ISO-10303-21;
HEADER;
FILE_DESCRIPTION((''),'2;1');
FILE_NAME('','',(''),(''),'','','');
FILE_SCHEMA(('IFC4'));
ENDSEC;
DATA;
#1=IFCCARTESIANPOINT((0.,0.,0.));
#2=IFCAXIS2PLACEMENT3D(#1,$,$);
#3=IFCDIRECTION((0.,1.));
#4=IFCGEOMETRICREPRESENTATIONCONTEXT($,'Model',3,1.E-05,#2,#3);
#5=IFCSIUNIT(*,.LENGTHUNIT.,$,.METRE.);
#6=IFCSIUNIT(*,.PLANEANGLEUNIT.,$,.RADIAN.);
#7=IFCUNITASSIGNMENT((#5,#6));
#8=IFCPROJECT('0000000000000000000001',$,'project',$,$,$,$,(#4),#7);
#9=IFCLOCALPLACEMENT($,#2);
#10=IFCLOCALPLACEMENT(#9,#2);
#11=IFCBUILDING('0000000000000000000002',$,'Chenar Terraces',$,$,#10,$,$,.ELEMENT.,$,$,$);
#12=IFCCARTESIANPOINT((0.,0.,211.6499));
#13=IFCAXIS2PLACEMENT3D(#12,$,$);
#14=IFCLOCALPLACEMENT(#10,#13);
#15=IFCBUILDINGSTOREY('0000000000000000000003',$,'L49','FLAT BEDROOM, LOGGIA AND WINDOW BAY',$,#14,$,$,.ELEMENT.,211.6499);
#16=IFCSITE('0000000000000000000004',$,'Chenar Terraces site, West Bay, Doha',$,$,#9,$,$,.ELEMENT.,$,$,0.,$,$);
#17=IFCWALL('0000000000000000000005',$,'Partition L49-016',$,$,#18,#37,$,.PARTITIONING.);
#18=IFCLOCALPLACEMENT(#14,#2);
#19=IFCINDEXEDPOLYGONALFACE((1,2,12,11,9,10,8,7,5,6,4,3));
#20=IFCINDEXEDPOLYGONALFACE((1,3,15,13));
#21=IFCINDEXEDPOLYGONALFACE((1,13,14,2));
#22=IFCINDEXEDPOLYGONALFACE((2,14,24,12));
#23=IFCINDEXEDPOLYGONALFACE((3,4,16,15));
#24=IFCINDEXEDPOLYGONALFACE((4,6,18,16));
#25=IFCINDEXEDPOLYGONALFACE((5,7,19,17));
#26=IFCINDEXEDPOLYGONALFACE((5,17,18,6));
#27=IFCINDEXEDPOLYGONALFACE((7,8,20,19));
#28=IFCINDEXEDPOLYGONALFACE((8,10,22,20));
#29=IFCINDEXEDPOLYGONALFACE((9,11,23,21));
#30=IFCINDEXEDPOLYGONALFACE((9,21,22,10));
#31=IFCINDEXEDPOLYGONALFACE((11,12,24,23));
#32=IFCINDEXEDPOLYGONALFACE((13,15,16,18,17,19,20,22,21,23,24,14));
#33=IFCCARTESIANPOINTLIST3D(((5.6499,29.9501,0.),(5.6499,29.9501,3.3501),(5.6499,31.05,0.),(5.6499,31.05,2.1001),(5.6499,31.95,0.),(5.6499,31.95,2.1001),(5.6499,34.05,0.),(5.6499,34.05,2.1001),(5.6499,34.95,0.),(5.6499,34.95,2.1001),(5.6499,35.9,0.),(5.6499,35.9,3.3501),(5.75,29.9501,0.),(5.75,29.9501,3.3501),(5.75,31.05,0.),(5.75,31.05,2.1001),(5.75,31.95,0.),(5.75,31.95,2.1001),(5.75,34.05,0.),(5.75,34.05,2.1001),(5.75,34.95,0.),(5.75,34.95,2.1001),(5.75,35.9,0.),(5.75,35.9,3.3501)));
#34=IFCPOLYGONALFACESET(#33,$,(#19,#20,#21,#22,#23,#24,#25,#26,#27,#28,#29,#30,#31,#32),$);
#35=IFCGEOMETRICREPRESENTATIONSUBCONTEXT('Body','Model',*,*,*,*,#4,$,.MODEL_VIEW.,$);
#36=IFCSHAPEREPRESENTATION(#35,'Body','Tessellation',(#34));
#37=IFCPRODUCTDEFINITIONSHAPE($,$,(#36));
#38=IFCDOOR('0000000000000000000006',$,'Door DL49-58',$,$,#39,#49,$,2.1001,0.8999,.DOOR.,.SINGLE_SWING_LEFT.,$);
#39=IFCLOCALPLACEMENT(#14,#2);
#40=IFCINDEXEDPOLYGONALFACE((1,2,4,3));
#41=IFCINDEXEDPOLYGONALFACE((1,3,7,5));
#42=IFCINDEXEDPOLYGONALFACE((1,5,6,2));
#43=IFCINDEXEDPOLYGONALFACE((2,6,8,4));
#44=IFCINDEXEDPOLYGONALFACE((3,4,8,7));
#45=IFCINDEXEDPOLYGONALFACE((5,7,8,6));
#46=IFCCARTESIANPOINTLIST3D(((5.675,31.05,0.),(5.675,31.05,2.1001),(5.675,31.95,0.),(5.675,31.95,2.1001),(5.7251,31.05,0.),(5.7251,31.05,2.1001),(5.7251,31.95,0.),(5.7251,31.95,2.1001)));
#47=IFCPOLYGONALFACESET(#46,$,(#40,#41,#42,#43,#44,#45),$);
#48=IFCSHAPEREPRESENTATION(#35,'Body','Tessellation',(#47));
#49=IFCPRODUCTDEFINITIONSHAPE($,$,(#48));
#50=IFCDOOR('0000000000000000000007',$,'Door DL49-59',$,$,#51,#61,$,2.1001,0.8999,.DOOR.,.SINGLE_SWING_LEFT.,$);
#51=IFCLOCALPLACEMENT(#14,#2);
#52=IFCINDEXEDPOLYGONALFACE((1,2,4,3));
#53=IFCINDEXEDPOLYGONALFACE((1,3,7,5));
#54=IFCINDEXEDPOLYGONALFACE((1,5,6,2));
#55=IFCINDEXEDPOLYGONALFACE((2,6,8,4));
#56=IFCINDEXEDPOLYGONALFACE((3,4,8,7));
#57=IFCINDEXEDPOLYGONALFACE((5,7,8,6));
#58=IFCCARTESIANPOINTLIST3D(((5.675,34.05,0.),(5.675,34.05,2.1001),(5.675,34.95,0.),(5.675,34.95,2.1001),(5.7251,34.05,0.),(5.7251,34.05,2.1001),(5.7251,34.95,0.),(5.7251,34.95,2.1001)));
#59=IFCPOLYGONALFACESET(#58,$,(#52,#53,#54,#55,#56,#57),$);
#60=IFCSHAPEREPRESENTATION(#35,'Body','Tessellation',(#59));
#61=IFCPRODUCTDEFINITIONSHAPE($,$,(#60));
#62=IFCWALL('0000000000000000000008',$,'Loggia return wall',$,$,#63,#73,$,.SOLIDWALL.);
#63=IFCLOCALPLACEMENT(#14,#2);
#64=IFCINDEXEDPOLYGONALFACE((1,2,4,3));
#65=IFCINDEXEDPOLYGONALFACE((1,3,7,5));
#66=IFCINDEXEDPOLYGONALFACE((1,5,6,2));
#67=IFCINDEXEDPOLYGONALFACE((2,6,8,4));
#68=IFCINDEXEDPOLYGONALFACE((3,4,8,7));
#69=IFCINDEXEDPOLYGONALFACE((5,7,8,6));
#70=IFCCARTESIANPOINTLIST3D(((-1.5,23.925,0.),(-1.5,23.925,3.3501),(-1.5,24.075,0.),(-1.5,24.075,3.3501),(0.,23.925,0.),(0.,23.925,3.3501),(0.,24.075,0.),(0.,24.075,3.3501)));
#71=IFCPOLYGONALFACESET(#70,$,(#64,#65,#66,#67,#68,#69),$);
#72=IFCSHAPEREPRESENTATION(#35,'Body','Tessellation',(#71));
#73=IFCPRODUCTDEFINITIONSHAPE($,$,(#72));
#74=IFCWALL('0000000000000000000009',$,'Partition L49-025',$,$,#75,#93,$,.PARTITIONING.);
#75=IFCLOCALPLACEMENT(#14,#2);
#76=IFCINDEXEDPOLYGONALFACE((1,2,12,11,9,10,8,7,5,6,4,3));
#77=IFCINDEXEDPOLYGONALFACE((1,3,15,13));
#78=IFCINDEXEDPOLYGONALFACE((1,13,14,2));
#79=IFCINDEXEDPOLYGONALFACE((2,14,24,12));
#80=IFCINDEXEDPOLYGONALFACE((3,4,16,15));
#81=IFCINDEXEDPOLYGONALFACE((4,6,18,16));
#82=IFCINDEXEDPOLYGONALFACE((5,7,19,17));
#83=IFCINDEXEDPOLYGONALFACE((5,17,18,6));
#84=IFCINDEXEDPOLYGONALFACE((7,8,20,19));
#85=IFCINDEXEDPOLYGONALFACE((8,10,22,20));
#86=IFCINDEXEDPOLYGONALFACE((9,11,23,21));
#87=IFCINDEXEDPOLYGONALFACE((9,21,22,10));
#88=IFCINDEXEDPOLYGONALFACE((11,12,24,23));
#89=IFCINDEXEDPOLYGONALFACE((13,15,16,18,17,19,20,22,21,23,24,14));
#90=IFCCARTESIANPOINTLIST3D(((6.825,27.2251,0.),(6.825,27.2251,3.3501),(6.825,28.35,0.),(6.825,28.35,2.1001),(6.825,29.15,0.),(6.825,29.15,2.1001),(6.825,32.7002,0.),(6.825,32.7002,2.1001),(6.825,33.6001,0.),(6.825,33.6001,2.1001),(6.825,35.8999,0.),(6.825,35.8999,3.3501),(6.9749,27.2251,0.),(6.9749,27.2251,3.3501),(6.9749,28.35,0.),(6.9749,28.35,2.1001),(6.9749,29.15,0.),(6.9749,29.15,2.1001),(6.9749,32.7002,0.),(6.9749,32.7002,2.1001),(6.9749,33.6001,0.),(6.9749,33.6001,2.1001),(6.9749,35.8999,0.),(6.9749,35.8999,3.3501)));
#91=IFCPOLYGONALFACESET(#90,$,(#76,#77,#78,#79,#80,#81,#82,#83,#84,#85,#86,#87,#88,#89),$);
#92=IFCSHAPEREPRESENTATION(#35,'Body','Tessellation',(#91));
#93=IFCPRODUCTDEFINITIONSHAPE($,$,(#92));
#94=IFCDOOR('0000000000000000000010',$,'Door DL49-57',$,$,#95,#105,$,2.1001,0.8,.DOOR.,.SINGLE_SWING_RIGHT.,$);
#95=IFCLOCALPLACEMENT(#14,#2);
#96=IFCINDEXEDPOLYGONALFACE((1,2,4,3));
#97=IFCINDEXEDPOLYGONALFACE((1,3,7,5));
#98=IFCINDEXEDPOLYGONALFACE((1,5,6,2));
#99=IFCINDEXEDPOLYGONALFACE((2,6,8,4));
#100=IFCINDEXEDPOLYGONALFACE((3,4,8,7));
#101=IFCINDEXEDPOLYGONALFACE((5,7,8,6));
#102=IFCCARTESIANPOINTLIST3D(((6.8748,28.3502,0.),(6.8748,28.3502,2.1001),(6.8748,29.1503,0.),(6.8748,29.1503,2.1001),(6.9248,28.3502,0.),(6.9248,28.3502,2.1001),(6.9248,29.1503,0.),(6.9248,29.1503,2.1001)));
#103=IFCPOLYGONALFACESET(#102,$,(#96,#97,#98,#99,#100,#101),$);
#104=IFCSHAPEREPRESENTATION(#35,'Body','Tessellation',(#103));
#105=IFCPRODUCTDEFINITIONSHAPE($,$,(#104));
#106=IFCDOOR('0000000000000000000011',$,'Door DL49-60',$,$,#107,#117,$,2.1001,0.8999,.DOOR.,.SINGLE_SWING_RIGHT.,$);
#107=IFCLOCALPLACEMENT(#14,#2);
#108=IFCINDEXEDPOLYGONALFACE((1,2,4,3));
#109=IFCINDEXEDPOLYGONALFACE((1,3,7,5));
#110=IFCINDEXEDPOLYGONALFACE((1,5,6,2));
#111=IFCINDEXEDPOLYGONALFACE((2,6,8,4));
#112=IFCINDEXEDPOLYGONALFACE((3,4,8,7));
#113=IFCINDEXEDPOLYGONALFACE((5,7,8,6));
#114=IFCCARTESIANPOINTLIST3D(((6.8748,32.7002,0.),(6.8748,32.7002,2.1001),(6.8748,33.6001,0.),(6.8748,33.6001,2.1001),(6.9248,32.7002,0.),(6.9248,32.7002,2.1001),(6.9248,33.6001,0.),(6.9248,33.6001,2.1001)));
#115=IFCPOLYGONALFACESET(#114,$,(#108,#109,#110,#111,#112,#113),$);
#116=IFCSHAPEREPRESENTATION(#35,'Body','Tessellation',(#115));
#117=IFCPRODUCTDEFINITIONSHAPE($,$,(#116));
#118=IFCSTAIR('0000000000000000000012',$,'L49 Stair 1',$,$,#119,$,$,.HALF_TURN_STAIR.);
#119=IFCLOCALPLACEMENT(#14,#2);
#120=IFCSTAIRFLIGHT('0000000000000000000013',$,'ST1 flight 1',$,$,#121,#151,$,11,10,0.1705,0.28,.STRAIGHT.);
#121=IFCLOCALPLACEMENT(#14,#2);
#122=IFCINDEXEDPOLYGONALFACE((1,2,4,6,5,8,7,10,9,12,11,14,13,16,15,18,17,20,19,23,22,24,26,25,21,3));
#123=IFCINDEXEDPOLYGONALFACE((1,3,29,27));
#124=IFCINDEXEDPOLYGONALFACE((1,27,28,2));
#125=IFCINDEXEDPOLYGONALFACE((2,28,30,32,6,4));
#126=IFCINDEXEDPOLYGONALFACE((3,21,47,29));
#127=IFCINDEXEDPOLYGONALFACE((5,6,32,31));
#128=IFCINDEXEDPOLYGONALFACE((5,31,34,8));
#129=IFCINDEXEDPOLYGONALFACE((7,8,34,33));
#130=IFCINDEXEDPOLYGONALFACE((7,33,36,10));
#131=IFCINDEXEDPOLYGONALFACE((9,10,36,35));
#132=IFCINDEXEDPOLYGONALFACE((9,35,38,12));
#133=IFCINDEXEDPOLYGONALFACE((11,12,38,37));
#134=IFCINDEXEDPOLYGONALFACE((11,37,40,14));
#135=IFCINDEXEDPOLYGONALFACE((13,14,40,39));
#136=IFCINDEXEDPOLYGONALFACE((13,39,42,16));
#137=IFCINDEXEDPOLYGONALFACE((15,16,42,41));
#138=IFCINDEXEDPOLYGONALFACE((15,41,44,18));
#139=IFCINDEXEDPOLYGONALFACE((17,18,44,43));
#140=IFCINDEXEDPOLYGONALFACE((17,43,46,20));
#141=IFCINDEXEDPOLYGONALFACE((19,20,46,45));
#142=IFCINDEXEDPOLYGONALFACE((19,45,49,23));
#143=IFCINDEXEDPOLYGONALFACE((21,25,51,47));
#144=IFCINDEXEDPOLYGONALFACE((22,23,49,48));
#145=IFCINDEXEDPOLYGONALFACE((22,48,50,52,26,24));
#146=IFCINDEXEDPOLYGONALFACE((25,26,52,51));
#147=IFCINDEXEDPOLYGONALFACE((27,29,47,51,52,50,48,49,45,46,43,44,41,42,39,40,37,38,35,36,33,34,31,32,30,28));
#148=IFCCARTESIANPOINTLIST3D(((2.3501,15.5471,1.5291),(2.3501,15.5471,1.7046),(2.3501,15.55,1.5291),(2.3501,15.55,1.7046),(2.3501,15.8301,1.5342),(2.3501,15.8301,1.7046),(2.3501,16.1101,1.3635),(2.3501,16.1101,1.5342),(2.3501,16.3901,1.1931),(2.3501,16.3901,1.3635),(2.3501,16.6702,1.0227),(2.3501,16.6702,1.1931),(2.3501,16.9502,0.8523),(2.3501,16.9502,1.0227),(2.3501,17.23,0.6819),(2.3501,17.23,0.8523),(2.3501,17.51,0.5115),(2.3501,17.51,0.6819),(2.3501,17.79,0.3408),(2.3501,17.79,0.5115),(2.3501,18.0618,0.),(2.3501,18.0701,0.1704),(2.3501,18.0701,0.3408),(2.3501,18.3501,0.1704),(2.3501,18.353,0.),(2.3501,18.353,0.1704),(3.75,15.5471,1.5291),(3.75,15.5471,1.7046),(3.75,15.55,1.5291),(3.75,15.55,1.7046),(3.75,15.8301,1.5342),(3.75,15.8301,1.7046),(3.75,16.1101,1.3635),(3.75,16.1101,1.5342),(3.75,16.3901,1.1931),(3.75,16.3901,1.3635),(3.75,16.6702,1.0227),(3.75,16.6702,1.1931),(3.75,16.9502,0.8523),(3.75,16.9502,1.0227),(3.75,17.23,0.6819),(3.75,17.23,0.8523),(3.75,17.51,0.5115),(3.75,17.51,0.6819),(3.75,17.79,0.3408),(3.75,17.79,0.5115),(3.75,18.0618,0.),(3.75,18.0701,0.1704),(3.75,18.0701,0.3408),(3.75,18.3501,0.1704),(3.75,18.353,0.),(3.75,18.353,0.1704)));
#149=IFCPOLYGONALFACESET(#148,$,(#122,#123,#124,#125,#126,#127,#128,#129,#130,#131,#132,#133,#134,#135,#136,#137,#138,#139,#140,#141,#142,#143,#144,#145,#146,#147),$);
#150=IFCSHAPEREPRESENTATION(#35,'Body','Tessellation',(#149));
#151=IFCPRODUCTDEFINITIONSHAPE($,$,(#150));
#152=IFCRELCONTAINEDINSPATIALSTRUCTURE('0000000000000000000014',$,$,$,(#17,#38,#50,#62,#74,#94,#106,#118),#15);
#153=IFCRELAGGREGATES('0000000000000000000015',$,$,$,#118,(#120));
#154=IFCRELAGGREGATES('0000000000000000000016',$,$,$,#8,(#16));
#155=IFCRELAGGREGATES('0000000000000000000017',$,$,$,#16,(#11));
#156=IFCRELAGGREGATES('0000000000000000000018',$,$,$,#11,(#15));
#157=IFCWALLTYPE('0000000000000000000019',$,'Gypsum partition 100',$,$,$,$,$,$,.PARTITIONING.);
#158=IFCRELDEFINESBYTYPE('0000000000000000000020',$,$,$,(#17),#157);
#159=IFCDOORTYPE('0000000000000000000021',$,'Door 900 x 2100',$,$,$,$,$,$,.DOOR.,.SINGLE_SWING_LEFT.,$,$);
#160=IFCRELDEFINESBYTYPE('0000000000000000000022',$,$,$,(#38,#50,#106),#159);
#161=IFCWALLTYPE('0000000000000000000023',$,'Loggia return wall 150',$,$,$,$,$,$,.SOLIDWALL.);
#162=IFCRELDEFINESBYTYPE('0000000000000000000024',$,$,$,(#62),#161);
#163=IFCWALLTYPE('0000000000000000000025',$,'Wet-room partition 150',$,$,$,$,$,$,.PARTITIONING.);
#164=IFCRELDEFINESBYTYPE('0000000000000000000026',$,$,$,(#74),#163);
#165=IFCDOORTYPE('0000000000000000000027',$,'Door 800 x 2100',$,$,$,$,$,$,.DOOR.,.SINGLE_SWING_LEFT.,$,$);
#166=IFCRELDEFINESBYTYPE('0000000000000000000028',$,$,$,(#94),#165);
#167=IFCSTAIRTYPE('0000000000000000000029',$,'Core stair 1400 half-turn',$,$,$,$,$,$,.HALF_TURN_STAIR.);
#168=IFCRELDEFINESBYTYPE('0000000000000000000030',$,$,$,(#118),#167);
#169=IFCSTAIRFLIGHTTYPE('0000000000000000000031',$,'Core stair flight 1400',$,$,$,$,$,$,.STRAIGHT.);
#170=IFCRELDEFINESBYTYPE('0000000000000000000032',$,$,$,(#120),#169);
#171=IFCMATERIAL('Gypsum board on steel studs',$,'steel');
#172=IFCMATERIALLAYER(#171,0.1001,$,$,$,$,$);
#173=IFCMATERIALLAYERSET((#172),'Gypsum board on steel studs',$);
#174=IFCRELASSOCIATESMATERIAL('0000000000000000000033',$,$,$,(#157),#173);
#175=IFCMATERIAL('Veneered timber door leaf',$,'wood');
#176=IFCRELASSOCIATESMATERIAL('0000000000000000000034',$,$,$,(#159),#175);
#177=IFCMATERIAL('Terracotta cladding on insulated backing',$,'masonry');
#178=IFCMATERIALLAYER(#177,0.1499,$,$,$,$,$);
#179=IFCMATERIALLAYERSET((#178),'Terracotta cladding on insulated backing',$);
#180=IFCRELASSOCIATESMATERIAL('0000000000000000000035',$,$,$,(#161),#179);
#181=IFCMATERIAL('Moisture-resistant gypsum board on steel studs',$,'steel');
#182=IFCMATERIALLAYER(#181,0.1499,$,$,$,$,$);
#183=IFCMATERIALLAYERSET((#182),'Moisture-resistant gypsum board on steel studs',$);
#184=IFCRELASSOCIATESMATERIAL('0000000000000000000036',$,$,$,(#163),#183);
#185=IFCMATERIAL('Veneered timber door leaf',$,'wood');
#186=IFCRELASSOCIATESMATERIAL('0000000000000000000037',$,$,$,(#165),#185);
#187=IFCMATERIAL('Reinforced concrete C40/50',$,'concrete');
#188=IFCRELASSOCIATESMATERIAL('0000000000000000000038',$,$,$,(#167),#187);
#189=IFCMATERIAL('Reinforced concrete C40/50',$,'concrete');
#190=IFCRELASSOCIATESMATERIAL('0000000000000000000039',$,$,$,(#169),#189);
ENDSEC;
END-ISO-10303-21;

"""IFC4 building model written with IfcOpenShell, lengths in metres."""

from ifc_helpers import new_model, si_unit, direction, frame, frame_2d, origin, place, context, subcontext, project, spatial, polyline, rectangle, outline, extrude, material, layer, layer_set, type_object, element, fill, aggregate, save


model = new_model("IFC4")

# Units and contexts
model_context = context("Model", 3, precision=1e-05, world=origin(), true_north=direction((0.0, 1.0)))
body_context = subcontext(model_context, "Body", "Model", "MODEL_VIEW")
ifc_project = project(units=[si_unit("LENGTHUNIT", "METRE"), si_unit("PLANEANGLEUNIT", "RADIAN")], contexts=[model_context])

# Site, building, storey
site_placement = place(None, origin())
site = spatial("IfcSite", under=ifc_project, at=site_placement, Name="Chenar Terraces site, West Bay, Doha", CompositionType="ELEMENT", RefElevation=0.0)
building_placement = place(site_placement, origin())
building = spatial("IfcBuilding", under=site, at=building_placement, Name="Chenar Terraces", CompositionType="ELEMENT")
storey_placement = place(building_placement, frame((0.0, 0.0, 211.6499)))
storey = spatial("IfcBuildingStorey", under=building, at=storey_placement, Name="L49", Description="FLAT BEDROOM, LOGGIA AND WINDOW BAY", CompositionType="ELEMENT", Elevation=211.6499)

# Shared definitions
ifc_material_1 = material(Name="Gypsum board on steel studs", Category="steel")
ifc_layer_1 = layer(ifc_material_1, 0.1001)
ifc_layer_set_1 = layer_set([ifc_layer_1], Name="Gypsum board on steel studs")
wall_type_1 = type_object("IfcWallType", Name="Gypsum partition 100", PredefinedType="PARTITIONING", material=ifc_layer_set_1)

# Wall, openings, doors
wall_1_placement = place(storey_placement, frame((5.7, 29.95, 0.0), z_axis=(0.0, 0.0, 1.0), x_axis=(0.0, 1.0, 0.0)))
wall_1 = element("IfcWall", 1, at=wall_1_placement, inside=storey, type_object=wall_type_1, Name="Partition L49-016", PredefinedType="PARTITIONING", context=body_context, shape_type="SweptSolid", body=[
    extrude(rectangle(XDim=5.95, YDim=0.1001, at=frame_2d((2.9751, 0.0))), origin(), (0.0, 0.0, 1.0), 3.3501),
])
opening_1_placement = place(wall_1_placement, frame((1.1001, 0.0, 0.0)))
opening_1 = element("IfcOpeningElement", 2, at=opening_1_placement, cuts=wall_1, PredefinedType="OPENING", context=body_context, shape_type="SweptSolid", body=[
    extrude(rectangle(XDim=0.8999, YDim=2.1001, at=frame_2d((0.45, 1.05))), frame((0.0, 0.0601, 0.0), z_axis=(0.0, -1.0, 0.0), x_axis=(1.0, 0.0, 0.0)), (0.0, 0.0, 1.0), 0.1201),
])
opening_2_placement = place(wall_1_placement, frame((4.1001, 0.0, 0.0)))
opening_2 = element("IfcOpeningElement", 3, at=opening_2_placement, cuts=wall_1, PredefinedType="OPENING", context=body_context, shape_type="SweptSolid", body=[
    extrude(rectangle(XDim=0.8999, YDim=2.1001, at=frame_2d((0.45, 1.05))), frame((0.0, 0.0601, 0.0), z_axis=(0.0, -1.0, 0.0), x_axis=(1.0, 0.0, 0.0)), (0.0, 0.0, 1.0), 0.1201),
])
ifc_material_2 = material(Name="Veneered timber door leaf", Category="wood")
door_type_1 = type_object("IfcDoorType", Name="Door 900 x 2100", OperationType="SINGLE_SWING_LEFT", PredefinedType="DOOR", material=ifc_material_2)
door_1_placement = place(opening_1_placement, origin())
door_1 = element("IfcDoor", 4, at=door_1_placement, inside=storey, type_object=door_type_1, Name="Door DL49-58", OperationType="SINGLE_SWING_LEFT", OverallHeight=2.1001, OverallWidth=0.8999, PredefinedType="DOOR", context=body_context, shape_type="SweptSolid", body=[
    extrude(rectangle(XDim=0.8999, YDim=2.1001, at=frame_2d((0.45, 1.05))), frame((0.0, 0.0249, 0.0), z_axis=(0.0, -1.0, 0.0), x_axis=(1.0, 0.0, 0.0)), (0.0, 0.0, 1.0), 0.05),
])
fill(opening_1, door_1)
door_2_placement = place(opening_2_placement, origin())
door_2 = element("IfcDoor", 5, at=door_2_placement, inside=storey, type_object=door_type_1, Name="Door DL49-59", OperationType="SINGLE_SWING_LEFT", OverallHeight=2.1001, OverallWidth=0.8999, PredefinedType="DOOR", context=body_context, shape_type="SweptSolid", body=[
    extrude(rectangle(XDim=0.8999, YDim=2.1001, at=frame_2d((0.45, 1.05))), frame((0.0, 0.0249, 0.0), z_axis=(0.0, -1.0, 0.0), x_axis=(1.0, 0.0, 0.0)), (0.0, 0.0, 1.0), 0.05),
])
fill(opening_2, door_2)

# Wall
ifc_material_3 = material(Name="Terracotta cladding on insulated backing", Category="masonry")
ifc_layer_2 = layer(ifc_material_3, 0.1499)
ifc_layer_set_2 = layer_set([ifc_layer_2], Name="Terracotta cladding on insulated backing")
wall_type_2 = type_object("IfcWallType", Name="Loggia return wall 150", PredefinedType="SOLIDWALL", material=ifc_layer_set_2)
wall_2_placement = place(storey_placement, frame((-1.5, 24.0, 0.0), z_axis=(0.0, 0.0, 1.0), x_axis=(1.0, 0.0, 0.0)))
element("IfcWall", 6, at=wall_2_placement, inside=storey, type_object=wall_type_2, Name="Loggia return wall", PredefinedType="SOLIDWALL", context=body_context, shape_type="SweptSolid", body=[
    extrude(rectangle(XDim=1.5, YDim=0.1499, at=frame_2d((0.75, 0.0))), origin(), (0.0, 0.0, 1.0), 3.3501),
])

# Wall, openings, doors
ifc_material_4 = material(Name="Moisture-resistant gypsum board on steel studs", Category="steel")
ifc_layer_3 = layer(ifc_material_4, 0.1499)
ifc_layer_set_3 = layer_set([ifc_layer_3], Name="Moisture-resistant gypsum board on steel studs")
wall_type_3 = type_object("IfcWallType", Name="Wet-room partition 150", PredefinedType="PARTITIONING", material=ifc_layer_set_3)
wall_3_placement = place(storey_placement, frame((6.8999, 27.2251, 0.0), z_axis=(0.0, 0.0, 1.0), x_axis=(0.0, 1.0, 0.0)))
wall_3 = element("IfcWall", 7, at=wall_3_placement, inside=storey, type_object=wall_type_3, Name="Partition L49-025", PredefinedType="PARTITIONING", context=body_context, shape_type="SweptSolid", body=[
    extrude(rectangle(XDim=8.6748, YDim=0.1499, at=frame_2d((4.3374, 0.0))), origin(), (0.0, 0.0, 1.0), 3.3501),
])
opening_3_placement = place(wall_3_placement, frame((1.125, 0.0, 0.0)))
opening_3 = element("IfcOpeningElement", 8, at=opening_3_placement, cuts=wall_3, PredefinedType="OPENING", context=body_context, shape_type="SweptSolid", body=[
    extrude(rectangle(XDim=0.8, YDim=2.1001, at=frame_2d((0.3999, 1.05))), frame((0.0, 0.085, 0.0), z_axis=(0.0, -1.0, 0.0), x_axis=(1.0, 0.0, 0.0)), (0.0, 0.0, 1.0), 0.1699),
])
opening_4_placement = place(wall_3_placement, frame((5.4751, 0.0, 0.0)))
opening_4 = element("IfcOpeningElement", 9, at=opening_4_placement, cuts=wall_3, PredefinedType="OPENING", context=body_context, shape_type="SweptSolid", body=[
    extrude(rectangle(XDim=0.8999, YDim=2.1001, at=frame_2d((0.45, 1.05))), frame((0.0, 0.085, 0.0), z_axis=(0.0, -1.0, 0.0), x_axis=(1.0, 0.0, 0.0)), (0.0, 0.0, 1.0), 0.1699),
])
ifc_material_5 = material(Name="Veneered timber door leaf", Category="wood")
door_type_2 = type_object("IfcDoorType", Name="Door 800 x 2100", OperationType="SINGLE_SWING_LEFT", PredefinedType="DOOR", material=ifc_material_5)
door_3_placement = place(opening_3_placement, frame((0.8, 0.0, 0.0), z_axis=(0.0, 0.0, 1.0), x_axis=(-1.0, 0.0, 0.0)))
door_3 = element("IfcDoor", 10, at=door_3_placement, inside=storey, type_object=door_type_2, Name="Door DL49-57", OperationType="SINGLE_SWING_RIGHT", OverallHeight=2.1001, OverallWidth=0.8, PredefinedType="DOOR", context=body_context, shape_type="SweptSolid", body=[
    extrude(rectangle(XDim=0.8, YDim=2.1001, at=frame_2d((0.3999, 1.05))), frame((0.0, 0.0249, 0.0), z_axis=(0.0, -1.0, 0.0), x_axis=(1.0, 0.0, 0.0)), (0.0, 0.0, 1.0), 0.05),
])
fill(opening_3, door_3)
door_4_placement = place(opening_4_placement, frame((0.8999, 0.0, 0.0), z_axis=(0.0, 0.0, 1.0), x_axis=(-1.0, 0.0, 0.0)))
door_4 = element("IfcDoor", 11, at=door_4_placement, inside=storey, type_object=door_type_1, Name="Door DL49-60", OperationType="SINGLE_SWING_RIGHT", OverallHeight=2.1001, OverallWidth=0.8999, PredefinedType="DOOR", context=body_context, shape_type="SweptSolid", body=[
    extrude(rectangle(XDim=0.8999, YDim=2.1001, at=frame_2d((0.45, 1.05))), frame((0.0, 0.0249, 0.0), z_axis=(0.0, -1.0, 0.0), x_axis=(1.0, 0.0, 0.0)), (0.0, 0.0, 1.0), 0.05),
])
fill(opening_4, door_4)

# Stair, stair flight
ifc_material_6 = material(Name="Reinforced concrete C40/50", Category="concrete")
stair_type = type_object("IfcStairType", Name="Core stair 1400 half-turn", PredefinedType="HALF_TURN_STAIR", material=ifc_material_6)
stair_placement = place(storey_placement, origin())
stair = element("IfcStair", 12, at=stair_placement, inside=storey, type_object=stair_type, Name="L49 Stair 1", PredefinedType="HALF_TURN_STAIR")
ifc_material_7 = material(Name="Reinforced concrete C40/50", Category="concrete")
stair_flight_type = type_object("IfcStairFlightType", Name="Core stair flight 1400", PredefinedType="STRAIGHT", material=ifc_material_7)
stair_flight_1_placement = place(storey_placement, frame((3.05, 18.3501, 0.0), z_axis=(0.0, 0.0, 1.0), x_axis=(0.0, -1.0, 0.0)))
stair_flight_1 = element("IfcStairFlight", 13, at=stair_flight_1_placement, type_object=stair_flight_type, Name="ST1 flight 1", NumberOfRisers=11, NumberOfTreads=10, PredefinedType="STRAIGHT", RiserHeight=0.1705, TreadLength=0.28, context=body_context, shape_type="SweptSolid", body=[
    extrude(outline(polyline([(-0.0029, 0.0), (-0.0029, 0.1704), (0.0, 0.1704), (0.28, 0.1704), (0.28, 0.3408), (0.5601, 0.3408), (0.5601, 0.5115), (0.8401, 0.5115), (0.8401, 0.6819), (1.1201, 0.6819), (1.1201, 0.8523), (1.3999, 0.8523), (1.3999, 1.0227), (1.6799, 1.0227), (1.6799, 1.1931), (1.96, 1.1931), (1.96, 1.3635), (2.24, 1.3635), (2.24, 1.5342), (2.52, 1.5342), (2.52, 1.7046), (2.8, 1.7046), (2.803, 1.7046), (2.803, 1.5291), (2.8, 1.5291), (0.2883, 0.0), (-0.0029, 0.0)])), frame((0.0, 0.7, 0.0), z_axis=(0.0, -1.0, 0.0), x_axis=(1.0, 0.0, 0.0)), (0.0, 0.0, 1.0), 1.3999),
])
aggregate(stair, [stair_flight_1])

save(model, "model.ifc")
